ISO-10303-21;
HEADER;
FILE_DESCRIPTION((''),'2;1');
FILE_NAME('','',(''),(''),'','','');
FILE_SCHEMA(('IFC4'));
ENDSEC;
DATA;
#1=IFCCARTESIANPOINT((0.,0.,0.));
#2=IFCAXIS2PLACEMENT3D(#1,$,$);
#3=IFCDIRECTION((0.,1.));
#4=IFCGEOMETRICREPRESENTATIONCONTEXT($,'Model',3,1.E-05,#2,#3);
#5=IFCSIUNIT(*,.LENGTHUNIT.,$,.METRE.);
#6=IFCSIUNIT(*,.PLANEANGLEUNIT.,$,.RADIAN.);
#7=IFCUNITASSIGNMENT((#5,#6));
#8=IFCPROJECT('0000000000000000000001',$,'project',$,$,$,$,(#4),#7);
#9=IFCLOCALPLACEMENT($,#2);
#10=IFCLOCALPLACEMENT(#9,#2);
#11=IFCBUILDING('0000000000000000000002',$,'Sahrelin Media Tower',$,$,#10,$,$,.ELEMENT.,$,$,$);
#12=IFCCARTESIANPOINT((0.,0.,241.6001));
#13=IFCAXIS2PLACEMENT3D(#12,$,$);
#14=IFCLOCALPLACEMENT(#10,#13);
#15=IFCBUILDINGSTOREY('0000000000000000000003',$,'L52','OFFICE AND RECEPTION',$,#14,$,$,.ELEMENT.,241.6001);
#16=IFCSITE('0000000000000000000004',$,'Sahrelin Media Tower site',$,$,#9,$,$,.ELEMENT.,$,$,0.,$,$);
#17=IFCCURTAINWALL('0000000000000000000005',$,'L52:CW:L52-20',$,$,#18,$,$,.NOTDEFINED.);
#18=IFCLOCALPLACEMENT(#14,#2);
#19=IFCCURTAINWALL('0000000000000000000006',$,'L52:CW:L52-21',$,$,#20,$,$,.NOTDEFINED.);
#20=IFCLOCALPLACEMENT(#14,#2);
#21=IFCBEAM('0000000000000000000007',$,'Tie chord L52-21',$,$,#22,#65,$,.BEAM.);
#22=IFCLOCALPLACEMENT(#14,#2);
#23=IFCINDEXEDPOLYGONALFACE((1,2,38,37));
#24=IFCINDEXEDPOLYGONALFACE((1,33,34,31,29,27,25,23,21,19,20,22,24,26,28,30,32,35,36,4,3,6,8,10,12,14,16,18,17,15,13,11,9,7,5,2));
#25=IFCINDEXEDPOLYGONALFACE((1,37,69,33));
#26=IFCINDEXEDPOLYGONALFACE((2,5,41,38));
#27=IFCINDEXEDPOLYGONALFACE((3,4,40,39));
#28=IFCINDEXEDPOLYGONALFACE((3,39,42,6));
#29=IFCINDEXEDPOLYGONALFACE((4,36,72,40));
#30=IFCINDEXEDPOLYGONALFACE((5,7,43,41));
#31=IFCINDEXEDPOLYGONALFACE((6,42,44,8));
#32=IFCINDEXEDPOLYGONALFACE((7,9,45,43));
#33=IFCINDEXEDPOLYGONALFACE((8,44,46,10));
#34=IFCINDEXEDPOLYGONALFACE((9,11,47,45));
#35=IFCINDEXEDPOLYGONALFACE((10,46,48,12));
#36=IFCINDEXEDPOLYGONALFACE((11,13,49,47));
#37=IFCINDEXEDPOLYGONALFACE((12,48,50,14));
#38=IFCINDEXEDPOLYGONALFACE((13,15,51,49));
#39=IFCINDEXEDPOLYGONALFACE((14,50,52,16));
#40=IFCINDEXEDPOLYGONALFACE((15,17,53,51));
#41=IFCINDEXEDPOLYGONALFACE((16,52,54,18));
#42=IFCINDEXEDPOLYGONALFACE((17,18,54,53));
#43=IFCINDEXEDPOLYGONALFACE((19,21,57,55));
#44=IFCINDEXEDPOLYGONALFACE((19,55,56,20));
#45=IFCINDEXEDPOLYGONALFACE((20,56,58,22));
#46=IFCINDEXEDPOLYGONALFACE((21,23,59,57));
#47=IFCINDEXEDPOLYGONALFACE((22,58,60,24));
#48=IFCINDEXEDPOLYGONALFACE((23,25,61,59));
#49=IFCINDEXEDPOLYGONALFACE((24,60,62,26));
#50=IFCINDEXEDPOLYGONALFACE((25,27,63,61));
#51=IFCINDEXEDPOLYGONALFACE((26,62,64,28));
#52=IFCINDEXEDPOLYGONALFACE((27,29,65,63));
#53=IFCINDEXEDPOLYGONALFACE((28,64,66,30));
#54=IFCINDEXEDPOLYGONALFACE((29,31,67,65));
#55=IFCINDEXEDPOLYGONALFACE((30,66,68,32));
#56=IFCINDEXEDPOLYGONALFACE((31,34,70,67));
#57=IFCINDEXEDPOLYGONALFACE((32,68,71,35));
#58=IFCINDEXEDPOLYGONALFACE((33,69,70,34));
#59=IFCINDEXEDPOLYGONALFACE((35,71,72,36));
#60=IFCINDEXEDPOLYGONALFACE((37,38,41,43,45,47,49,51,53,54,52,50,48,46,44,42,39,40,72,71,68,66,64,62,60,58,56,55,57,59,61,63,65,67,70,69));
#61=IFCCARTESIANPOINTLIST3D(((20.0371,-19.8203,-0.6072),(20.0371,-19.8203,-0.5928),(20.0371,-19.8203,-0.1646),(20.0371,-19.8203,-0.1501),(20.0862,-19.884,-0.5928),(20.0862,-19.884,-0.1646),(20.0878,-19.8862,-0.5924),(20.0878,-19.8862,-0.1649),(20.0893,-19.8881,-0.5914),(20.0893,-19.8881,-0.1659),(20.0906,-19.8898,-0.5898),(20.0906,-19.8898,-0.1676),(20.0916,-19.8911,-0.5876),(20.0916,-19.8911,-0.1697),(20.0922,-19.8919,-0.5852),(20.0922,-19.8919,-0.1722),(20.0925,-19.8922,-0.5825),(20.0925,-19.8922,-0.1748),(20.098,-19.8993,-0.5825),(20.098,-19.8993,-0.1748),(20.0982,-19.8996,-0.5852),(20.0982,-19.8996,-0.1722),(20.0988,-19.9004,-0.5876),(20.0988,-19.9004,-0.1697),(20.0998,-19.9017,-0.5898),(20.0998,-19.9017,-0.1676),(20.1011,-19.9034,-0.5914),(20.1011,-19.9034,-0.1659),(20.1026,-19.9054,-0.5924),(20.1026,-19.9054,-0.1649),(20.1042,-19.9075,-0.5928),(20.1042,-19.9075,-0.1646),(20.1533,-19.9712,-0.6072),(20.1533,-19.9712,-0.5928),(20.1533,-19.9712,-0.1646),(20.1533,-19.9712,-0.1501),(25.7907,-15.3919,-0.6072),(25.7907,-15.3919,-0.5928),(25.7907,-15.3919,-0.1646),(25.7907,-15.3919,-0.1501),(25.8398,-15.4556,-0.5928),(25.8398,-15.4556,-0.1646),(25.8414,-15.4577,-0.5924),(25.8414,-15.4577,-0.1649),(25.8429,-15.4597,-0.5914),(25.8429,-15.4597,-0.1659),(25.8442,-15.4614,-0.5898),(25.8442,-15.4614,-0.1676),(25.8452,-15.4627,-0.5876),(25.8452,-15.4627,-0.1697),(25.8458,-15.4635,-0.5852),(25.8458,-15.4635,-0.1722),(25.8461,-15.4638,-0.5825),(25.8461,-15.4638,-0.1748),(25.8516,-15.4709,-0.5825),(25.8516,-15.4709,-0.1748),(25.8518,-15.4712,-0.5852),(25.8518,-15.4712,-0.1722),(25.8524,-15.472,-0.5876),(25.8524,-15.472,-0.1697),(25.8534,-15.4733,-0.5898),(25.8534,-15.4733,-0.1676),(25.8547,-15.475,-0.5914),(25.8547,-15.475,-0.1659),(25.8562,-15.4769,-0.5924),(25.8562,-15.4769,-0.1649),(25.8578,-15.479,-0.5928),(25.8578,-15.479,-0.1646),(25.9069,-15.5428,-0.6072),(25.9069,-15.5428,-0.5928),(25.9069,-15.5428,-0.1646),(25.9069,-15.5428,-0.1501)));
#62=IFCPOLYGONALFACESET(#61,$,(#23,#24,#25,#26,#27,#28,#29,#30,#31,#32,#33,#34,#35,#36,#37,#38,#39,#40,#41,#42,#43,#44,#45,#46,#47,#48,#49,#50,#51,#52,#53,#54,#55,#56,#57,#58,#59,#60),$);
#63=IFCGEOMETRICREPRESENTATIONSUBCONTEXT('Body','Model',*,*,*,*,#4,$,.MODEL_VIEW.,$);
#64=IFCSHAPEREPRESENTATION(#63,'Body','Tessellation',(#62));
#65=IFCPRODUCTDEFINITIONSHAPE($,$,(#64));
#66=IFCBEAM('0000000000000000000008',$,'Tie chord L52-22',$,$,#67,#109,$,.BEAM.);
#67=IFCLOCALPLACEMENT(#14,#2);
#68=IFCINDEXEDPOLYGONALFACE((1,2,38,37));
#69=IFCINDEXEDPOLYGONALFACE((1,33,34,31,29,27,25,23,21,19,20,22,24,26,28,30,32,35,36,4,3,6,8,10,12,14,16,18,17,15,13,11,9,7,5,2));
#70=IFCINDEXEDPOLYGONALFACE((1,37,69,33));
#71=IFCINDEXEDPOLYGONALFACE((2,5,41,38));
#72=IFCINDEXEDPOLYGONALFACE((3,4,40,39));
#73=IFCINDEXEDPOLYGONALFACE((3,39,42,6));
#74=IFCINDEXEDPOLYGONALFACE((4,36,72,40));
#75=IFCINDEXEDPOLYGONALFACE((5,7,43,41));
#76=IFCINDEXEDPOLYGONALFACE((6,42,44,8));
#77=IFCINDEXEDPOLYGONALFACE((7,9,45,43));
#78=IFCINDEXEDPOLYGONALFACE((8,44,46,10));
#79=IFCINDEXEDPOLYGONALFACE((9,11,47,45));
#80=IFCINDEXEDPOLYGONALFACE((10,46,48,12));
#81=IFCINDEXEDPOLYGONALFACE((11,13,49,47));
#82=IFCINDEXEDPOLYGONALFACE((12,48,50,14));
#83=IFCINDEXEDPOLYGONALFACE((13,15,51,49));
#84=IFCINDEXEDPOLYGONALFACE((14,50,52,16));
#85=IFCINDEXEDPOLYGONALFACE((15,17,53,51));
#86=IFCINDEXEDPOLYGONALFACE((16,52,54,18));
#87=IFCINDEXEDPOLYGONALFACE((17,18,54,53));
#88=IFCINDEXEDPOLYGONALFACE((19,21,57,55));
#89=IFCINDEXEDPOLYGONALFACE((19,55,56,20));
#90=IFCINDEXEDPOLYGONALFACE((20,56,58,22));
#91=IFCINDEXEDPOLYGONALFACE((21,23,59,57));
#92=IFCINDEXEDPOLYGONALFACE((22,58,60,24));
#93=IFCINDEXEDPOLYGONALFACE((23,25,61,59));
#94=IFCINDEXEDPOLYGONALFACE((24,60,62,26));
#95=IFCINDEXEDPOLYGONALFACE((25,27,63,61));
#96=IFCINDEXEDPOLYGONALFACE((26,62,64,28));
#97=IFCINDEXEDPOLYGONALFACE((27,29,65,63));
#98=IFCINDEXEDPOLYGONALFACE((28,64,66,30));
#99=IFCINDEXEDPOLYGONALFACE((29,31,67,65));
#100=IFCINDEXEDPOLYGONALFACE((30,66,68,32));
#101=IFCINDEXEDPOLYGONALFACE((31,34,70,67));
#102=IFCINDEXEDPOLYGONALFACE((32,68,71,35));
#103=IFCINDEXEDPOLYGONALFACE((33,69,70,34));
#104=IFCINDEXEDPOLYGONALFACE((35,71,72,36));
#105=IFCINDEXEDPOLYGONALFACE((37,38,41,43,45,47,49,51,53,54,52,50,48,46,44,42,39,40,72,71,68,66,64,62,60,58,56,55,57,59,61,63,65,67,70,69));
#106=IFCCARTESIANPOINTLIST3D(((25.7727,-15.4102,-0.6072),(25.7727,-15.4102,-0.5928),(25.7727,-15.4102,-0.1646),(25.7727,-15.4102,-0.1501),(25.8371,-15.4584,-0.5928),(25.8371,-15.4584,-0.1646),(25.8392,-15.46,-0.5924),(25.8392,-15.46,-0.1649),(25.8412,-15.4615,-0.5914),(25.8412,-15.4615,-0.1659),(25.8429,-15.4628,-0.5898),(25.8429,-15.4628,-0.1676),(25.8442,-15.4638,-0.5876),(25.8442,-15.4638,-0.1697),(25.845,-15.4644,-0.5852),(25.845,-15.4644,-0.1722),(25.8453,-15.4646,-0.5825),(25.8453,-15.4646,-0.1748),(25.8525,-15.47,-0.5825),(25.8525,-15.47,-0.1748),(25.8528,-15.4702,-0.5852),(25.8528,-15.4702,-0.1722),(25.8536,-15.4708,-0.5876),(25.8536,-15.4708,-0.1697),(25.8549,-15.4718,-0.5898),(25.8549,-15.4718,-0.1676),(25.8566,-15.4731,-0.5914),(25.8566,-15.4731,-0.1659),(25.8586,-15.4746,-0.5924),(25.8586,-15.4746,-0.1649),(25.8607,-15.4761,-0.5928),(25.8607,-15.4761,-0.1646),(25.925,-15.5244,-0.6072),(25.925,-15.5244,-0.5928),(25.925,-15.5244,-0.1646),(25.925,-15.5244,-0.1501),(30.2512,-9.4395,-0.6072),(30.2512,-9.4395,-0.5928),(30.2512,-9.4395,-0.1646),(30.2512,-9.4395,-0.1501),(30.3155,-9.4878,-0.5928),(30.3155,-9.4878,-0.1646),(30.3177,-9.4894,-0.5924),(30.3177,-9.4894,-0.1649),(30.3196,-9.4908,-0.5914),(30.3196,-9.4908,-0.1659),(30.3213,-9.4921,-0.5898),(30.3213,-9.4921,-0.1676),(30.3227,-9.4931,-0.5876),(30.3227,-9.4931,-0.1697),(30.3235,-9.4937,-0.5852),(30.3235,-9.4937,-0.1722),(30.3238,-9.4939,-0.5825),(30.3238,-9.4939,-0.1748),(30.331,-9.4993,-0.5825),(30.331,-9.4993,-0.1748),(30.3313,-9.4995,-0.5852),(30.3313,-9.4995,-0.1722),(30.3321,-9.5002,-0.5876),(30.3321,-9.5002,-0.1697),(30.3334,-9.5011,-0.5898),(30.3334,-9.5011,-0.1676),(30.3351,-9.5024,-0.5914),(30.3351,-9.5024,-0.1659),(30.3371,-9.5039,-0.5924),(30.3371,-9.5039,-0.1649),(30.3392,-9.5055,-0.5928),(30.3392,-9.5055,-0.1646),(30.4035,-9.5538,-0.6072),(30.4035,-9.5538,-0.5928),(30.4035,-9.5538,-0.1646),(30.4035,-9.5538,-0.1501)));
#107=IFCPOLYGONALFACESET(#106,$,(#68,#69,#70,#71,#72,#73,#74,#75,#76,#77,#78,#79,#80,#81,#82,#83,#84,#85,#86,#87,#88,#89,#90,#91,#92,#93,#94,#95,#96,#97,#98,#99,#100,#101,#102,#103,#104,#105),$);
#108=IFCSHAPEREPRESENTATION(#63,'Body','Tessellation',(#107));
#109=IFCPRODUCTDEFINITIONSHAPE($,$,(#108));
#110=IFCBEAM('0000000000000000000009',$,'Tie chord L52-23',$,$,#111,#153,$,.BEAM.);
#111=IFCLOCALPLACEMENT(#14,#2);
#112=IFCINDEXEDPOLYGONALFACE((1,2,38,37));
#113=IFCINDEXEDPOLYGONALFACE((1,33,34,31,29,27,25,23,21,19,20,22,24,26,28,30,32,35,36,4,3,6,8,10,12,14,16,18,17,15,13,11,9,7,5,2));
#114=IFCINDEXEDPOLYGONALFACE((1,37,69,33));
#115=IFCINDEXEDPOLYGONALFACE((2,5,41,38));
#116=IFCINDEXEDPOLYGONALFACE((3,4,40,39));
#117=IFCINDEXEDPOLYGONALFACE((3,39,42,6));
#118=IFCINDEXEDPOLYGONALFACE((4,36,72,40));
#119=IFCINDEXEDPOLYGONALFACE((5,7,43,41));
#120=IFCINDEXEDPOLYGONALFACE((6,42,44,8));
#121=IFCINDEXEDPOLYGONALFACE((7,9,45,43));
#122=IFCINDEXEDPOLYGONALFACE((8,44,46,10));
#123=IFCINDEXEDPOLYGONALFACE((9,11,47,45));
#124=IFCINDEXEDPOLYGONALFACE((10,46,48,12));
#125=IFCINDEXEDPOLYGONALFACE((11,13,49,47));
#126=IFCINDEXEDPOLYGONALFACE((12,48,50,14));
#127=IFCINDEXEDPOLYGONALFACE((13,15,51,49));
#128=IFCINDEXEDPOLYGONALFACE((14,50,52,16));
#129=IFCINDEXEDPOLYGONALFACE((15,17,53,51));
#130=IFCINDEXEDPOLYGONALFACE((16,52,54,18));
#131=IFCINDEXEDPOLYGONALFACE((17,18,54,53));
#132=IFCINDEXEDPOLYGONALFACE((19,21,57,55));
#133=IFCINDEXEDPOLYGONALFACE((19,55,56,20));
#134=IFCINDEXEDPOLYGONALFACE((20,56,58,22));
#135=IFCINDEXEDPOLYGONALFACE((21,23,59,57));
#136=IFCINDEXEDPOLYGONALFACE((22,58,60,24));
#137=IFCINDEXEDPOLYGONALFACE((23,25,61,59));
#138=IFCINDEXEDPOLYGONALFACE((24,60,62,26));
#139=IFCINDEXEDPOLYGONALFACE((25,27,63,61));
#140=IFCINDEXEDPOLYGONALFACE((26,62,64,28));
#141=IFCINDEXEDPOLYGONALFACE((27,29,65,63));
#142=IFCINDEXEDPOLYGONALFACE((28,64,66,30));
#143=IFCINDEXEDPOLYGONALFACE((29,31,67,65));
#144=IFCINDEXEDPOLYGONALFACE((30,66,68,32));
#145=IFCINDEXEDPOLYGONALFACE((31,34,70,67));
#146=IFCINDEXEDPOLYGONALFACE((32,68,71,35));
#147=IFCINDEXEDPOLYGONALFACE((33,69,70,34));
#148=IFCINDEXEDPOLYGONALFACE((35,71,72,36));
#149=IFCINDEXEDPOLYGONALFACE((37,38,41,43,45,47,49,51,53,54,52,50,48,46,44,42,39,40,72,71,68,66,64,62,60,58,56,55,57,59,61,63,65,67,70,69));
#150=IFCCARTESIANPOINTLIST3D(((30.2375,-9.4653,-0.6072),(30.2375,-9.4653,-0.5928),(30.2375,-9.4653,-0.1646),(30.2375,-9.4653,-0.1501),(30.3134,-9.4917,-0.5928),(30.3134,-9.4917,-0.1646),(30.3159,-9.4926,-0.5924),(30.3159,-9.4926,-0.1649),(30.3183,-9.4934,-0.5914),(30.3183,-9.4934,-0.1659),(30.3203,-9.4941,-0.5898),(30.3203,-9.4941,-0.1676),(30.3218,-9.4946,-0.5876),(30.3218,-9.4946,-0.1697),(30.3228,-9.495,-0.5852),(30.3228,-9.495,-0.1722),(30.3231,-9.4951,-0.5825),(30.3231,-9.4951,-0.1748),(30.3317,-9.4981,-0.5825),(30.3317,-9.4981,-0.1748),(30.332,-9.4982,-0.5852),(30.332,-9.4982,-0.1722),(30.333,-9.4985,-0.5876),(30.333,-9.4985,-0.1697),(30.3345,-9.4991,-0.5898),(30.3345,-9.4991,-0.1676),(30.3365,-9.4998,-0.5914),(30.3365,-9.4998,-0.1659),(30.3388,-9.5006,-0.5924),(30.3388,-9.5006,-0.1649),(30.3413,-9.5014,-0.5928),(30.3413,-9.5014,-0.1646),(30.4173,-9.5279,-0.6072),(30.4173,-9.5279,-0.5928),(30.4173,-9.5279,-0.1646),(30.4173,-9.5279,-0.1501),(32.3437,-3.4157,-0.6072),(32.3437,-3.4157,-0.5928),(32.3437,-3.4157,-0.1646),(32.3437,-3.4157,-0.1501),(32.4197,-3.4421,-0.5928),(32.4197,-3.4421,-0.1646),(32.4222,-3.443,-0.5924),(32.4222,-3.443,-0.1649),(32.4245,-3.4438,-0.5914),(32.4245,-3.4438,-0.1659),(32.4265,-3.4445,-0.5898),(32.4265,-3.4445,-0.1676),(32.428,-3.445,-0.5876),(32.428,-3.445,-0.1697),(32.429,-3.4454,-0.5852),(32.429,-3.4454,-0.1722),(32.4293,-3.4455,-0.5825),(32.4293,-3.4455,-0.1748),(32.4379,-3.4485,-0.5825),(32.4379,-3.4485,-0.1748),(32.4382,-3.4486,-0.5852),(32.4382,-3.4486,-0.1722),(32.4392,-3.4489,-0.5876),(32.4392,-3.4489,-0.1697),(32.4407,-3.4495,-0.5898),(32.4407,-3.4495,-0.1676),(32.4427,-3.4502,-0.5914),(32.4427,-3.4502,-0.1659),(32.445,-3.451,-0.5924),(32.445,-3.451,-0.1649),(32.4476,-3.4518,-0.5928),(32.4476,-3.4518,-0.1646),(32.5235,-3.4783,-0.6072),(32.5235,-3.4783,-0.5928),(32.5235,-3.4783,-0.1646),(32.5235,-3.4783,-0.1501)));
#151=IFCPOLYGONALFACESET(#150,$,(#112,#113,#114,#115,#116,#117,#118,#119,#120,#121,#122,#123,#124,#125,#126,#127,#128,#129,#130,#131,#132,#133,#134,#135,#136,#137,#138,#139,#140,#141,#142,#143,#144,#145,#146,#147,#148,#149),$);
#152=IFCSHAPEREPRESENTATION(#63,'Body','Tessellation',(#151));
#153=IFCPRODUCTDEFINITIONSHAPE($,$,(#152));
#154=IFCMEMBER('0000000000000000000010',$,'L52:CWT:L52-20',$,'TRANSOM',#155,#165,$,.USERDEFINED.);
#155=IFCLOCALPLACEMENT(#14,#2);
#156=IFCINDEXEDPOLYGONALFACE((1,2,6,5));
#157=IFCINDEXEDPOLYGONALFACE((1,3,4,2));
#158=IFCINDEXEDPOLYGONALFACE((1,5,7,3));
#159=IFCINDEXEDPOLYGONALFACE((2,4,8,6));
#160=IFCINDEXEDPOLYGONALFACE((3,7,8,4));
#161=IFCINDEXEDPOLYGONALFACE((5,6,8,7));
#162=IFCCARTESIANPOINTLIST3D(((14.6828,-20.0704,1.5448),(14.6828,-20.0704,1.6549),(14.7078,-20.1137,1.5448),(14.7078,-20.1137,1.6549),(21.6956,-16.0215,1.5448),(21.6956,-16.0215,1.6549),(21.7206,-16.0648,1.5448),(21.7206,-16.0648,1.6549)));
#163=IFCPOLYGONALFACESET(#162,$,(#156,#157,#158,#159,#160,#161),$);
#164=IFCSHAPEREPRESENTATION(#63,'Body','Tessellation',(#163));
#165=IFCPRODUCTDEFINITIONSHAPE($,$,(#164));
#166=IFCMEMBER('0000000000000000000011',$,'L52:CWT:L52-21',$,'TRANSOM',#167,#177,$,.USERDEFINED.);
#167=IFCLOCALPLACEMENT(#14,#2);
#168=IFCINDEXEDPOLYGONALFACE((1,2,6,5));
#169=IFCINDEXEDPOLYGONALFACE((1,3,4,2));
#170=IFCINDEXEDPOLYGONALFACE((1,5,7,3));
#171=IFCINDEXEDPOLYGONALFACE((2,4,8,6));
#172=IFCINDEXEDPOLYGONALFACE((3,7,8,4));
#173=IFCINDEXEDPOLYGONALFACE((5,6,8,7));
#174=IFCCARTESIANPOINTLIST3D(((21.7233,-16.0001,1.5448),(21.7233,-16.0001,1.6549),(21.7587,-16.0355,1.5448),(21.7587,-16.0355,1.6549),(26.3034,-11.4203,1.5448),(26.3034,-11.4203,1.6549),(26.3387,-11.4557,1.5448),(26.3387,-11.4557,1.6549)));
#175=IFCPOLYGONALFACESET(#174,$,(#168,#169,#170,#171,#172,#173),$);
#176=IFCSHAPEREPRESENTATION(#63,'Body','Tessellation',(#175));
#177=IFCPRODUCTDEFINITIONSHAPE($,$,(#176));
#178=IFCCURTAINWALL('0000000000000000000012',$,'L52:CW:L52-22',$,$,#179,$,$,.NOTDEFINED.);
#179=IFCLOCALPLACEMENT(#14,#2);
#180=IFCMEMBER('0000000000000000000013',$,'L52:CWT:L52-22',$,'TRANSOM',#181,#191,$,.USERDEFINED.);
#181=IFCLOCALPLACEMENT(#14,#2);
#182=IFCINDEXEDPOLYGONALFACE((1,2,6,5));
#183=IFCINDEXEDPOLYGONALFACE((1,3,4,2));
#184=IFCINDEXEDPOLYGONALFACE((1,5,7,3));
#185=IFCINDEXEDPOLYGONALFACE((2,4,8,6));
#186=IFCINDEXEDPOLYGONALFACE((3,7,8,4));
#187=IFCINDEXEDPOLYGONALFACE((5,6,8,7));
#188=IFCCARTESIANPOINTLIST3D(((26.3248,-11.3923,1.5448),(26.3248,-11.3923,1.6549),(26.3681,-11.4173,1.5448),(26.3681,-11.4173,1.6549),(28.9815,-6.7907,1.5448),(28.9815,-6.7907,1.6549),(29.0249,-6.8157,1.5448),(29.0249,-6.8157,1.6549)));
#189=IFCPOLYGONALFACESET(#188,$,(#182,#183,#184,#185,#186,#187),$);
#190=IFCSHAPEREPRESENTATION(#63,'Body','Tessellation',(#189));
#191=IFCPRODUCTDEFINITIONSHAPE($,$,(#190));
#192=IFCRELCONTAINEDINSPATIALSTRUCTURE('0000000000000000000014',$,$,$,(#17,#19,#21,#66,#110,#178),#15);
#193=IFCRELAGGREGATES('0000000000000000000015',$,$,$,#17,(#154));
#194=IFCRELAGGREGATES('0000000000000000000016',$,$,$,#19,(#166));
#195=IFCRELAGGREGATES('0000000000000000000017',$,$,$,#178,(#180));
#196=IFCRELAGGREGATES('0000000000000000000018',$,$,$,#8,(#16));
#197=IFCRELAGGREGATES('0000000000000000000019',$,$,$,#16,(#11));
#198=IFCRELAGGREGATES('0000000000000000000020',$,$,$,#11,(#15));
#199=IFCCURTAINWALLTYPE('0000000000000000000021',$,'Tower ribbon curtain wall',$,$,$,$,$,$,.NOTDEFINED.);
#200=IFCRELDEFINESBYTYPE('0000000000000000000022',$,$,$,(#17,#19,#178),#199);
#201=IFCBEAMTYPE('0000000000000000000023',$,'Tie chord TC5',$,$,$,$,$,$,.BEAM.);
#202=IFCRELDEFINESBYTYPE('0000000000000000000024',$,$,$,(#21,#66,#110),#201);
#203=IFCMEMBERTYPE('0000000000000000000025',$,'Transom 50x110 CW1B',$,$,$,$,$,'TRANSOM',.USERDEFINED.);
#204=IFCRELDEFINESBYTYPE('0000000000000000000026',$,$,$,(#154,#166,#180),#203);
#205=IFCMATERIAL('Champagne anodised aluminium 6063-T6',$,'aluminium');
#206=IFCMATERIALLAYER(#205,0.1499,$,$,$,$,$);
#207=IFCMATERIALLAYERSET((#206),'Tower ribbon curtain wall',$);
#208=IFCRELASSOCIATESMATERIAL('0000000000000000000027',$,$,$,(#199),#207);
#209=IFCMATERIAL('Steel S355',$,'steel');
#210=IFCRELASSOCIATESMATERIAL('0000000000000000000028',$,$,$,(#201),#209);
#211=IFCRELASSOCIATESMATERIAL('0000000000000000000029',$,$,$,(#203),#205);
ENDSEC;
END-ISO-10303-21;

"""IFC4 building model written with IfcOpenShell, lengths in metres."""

from ifc_helpers import new_model, si_unit, direction, frame, origin, origin_2d, place, context, subcontext, project, spatial, rectangle, i_section, extrude, material, layer, layer_set, material_profile, profile_set, type_object, element, aggregate, save


model = new_model("IFC4")

# Units and contexts
model_context = context("Model", 3, precision=1e-05, world=origin(), true_north=direction((0.0, 1.0)))
body_context = subcontext(model_context, "Body", "Model", "MODEL_VIEW")
ifc_project = project(units=[si_unit("LENGTHUNIT", "METRE"), si_unit("PLANEANGLEUNIT", "RADIAN")], contexts=[model_context])

# Site, building, storey
site_placement = place(None, origin())
site = spatial("IfcSite", under=ifc_project, at=site_placement, Name="Sahrelin Media Tower site", CompositionType="ELEMENT", RefElevation=0.0)
building_placement = place(site_placement, origin())
building = spatial("IfcBuilding", under=site, at=building_placement, Name="Sahrelin Media Tower", CompositionType="ELEMENT")
storey_placement = place(building_placement, frame((0.0, 0.0, 241.6001)))
storey = spatial("IfcBuildingStorey", under=building, at=storey_placement, Name="L52", Description="OFFICE AND RECEPTION", CompositionType="ELEMENT", Elevation=241.6001)

# Shared definitions
ifc_material_1 = material(Name="Steel S355", Category="steel")

# Curtain walls
ifc_material_2 = material(Name="Champagne anodised aluminium 6063-T6", Category="aluminium")
ifc_layer_1 = layer(ifc_material_2, 0.1499)
ifc_layer_set_1 = layer_set([ifc_layer_1], Name="Tower ribbon curtain wall")
curtain_wall_type = type_object("IfcCurtainWallType", Name="Tower ribbon curtain wall", PredefinedType="NOTDEFINED", material=ifc_layer_set_1)
curtain_wall_1_placement = place(storey_placement, frame((18.3115, -18.2581, 0.0), z_axis=(0.0, 0.0, 1.0), x_axis=(1.0, 0.0, 0.0)))
curtain_wall_1 = element("IfcCurtainWall", 1, at=curtain_wall_1_placement, inside=storey, type_object=curtain_wall_type, Name="L52:CW:L52-20", PredefinedType="NOTDEFINED")
curtain_wall_2_placement = place(storey_placement, frame((24.1865, -13.8833, 0.0), z_axis=(0.0, 0.0, 1.0), x_axis=(1.0, 0.0, 0.0)))
curtain_wall_2 = element("IfcCurtainWall", 2, at=curtain_wall_2_placement, inside=storey, type_object=curtain_wall_type, Name="L52:CW:L52-21", PredefinedType="NOTDEFINED")

# Beams
ifc_material_profile_1 = material_profile(ifc_material_1, i_section(OverallWidth=0.1904, OverallDepth=0.457, WebThickness=0.009, FlangeThickness=0.0144, FilletRadius=0.0103, at=origin_2d()), Name="UB 457x191x74")
ifc_profile_set_1 = profile_set([ifc_material_profile_1], Name="Steel S355")
beam_type_1 = type_object("IfcBeamType", Name="Tie chord TC5", PredefinedType="BEAM", material=ifc_profile_set_1)
beam_1_placement = place(storey_placement, frame((20.0952, -19.8958, -0.3787), z_axis=(0.792453, 0.609933, 0.0), x_axis=(-0.609933, 0.792453, 0.0)))
element("IfcBeam", 3, at=beam_1_placement, inside=storey, type_object=beam_type_1, Name="Tie chord L52-21", PredefinedType="BEAM", context=body_context, shape_type="SweptSolid", body=[
    extrude(i_section(OverallWidth=0.1904, OverallDepth=0.457, WebThickness=0.009, FlangeThickness=0.0144, FilletRadius=0.0103, at=origin_2d()), origin(), (0.0, 0.0, 1.0), 7.2605),
])
beam_2_placement = place(storey_placement, frame((25.8489, -15.4673, -0.3787), z_axis=(0.600042, 0.799969, 0.0), x_axis=(-0.799969, 0.600042, 0.0)))
element("IfcBeam", 4, at=beam_2_placement, inside=storey, type_object=beam_type_1, Name="Tie chord L52-22", PredefinedType="BEAM", context=body_context, shape_type="SweptSolid", body=[
    extrude(i_section(OverallWidth=0.1904, OverallDepth=0.457, WebThickness=0.009, FlangeThickness=0.0144, FilletRadius=0.0103, at=origin_2d()), origin(), (0.0, 0.0, 1.0), 7.4636),
])
beam_3_placement = place(storey_placement, frame((30.3274, -9.4966, -0.3787), z_axis=(0.3288, 0.9444, 0.0), x_axis=(-0.9444, 0.3288, 0.0)))
element("IfcBeam", 5, at=beam_3_placement, inside=storey, type_object=beam_type_1, Name="Tie chord L52-23", PredefinedType="BEAM", context=body_context, shape_type="SweptSolid", body=[
    extrude(i_section(OverallWidth=0.1904, OverallDepth=0.457, WebThickness=0.009, FlangeThickness=0.0144, FilletRadius=0.0103, at=origin_2d()), origin(), (0.0, 0.0, 1.0), 6.4058),
])

# Members
ifc_material_profile_2 = material_profile(ifc_material_2, rectangle(XDim=0.05, YDim=0.1101, at=origin_2d()), Name="Transom 50x110")
ifc_profile_set_2 = profile_set([ifc_material_profile_2], Name="Champagne anodised aluminium 6063-T6")
member_type_1 = type_object("IfcMemberType", Name="Transom 50x110 CW1B", ElementType="TRANSOM", PredefinedType="USERDEFINED", material=ifc_profile_set_2)
member_1_placement = place(storey_placement, frame((14.6953, -20.092, 1.5999), z_axis=(0.866023, 0.500004, 0.0), x_axis=(-0.500004, 0.866023, 0.0)))
member_1 = element("IfcMember", 6, at=member_1_placement, type_object=member_type_1, Name="L52:CWT:L52-20", ObjectType="TRANSOM", PredefinedType="USERDEFINED", context=body_context, shape_type="SweptSolid", body=[
    extrude(rectangle(XDim=0.05, YDim=0.1101, at=origin_2d()), origin(), (0.0, 0.0, 1.0), 8.0977),
])
member_2_placement = place(storey_placement, frame((21.741, -16.0178, 1.5999), z_axis=(0.707126, 0.707088, 0.0), x_axis=(-0.707088, 0.707126, 0.0)))
member_2 = element("IfcMember", 7, at=member_2_placement, type_object=member_type_1, Name="L52:CWT:L52-21", ObjectType="TRANSOM", PredefinedType="USERDEFINED", context=body_context, shape_type="SweptSolid", body=[
    extrude(rectangle(XDim=0.05, YDim=0.1101, at=origin_2d()), origin(), (0.0, 0.0, 1.0), 6.4771),
])

# Curtain wall, member
curtain_wall_3_placement = place(storey_placement, frame((27.8652, -9.2141, 0.0), z_axis=(0.0, 0.0, 1.0), x_axis=(1.0, 0.0, 0.0)))
curtain_wall_3 = element("IfcCurtainWall", 8, at=curtain_wall_3_placement, inside=storey, type_object=curtain_wall_type, Name="L52:CW:L52-22", PredefinedType="NOTDEFINED")
member_3_placement = place(storey_placement, frame((26.3464, -11.4048, 1.5999), z_axis=(0.500004, 0.866023, 0.0), x_axis=(-0.866023, 0.500004, 0.0)))
member_3 = element("IfcMember", 9, at=member_3_placement, type_object=member_type_1, Name="L52:CWT:L52-22", ObjectType="TRANSOM", PredefinedType="USERDEFINED", context=body_context, shape_type="SweptSolid", body=[
    extrude(rectangle(XDim=0.05, YDim=0.1101, at=origin_2d()), origin(), (0.0, 0.0, 1.0), 5.3135),
])

aggregate(curtain_wall_1, [member_1])
aggregate(curtain_wall_2, [member_2])
aggregate(curtain_wall_3, [member_3])

save(model, "model.ifc")
